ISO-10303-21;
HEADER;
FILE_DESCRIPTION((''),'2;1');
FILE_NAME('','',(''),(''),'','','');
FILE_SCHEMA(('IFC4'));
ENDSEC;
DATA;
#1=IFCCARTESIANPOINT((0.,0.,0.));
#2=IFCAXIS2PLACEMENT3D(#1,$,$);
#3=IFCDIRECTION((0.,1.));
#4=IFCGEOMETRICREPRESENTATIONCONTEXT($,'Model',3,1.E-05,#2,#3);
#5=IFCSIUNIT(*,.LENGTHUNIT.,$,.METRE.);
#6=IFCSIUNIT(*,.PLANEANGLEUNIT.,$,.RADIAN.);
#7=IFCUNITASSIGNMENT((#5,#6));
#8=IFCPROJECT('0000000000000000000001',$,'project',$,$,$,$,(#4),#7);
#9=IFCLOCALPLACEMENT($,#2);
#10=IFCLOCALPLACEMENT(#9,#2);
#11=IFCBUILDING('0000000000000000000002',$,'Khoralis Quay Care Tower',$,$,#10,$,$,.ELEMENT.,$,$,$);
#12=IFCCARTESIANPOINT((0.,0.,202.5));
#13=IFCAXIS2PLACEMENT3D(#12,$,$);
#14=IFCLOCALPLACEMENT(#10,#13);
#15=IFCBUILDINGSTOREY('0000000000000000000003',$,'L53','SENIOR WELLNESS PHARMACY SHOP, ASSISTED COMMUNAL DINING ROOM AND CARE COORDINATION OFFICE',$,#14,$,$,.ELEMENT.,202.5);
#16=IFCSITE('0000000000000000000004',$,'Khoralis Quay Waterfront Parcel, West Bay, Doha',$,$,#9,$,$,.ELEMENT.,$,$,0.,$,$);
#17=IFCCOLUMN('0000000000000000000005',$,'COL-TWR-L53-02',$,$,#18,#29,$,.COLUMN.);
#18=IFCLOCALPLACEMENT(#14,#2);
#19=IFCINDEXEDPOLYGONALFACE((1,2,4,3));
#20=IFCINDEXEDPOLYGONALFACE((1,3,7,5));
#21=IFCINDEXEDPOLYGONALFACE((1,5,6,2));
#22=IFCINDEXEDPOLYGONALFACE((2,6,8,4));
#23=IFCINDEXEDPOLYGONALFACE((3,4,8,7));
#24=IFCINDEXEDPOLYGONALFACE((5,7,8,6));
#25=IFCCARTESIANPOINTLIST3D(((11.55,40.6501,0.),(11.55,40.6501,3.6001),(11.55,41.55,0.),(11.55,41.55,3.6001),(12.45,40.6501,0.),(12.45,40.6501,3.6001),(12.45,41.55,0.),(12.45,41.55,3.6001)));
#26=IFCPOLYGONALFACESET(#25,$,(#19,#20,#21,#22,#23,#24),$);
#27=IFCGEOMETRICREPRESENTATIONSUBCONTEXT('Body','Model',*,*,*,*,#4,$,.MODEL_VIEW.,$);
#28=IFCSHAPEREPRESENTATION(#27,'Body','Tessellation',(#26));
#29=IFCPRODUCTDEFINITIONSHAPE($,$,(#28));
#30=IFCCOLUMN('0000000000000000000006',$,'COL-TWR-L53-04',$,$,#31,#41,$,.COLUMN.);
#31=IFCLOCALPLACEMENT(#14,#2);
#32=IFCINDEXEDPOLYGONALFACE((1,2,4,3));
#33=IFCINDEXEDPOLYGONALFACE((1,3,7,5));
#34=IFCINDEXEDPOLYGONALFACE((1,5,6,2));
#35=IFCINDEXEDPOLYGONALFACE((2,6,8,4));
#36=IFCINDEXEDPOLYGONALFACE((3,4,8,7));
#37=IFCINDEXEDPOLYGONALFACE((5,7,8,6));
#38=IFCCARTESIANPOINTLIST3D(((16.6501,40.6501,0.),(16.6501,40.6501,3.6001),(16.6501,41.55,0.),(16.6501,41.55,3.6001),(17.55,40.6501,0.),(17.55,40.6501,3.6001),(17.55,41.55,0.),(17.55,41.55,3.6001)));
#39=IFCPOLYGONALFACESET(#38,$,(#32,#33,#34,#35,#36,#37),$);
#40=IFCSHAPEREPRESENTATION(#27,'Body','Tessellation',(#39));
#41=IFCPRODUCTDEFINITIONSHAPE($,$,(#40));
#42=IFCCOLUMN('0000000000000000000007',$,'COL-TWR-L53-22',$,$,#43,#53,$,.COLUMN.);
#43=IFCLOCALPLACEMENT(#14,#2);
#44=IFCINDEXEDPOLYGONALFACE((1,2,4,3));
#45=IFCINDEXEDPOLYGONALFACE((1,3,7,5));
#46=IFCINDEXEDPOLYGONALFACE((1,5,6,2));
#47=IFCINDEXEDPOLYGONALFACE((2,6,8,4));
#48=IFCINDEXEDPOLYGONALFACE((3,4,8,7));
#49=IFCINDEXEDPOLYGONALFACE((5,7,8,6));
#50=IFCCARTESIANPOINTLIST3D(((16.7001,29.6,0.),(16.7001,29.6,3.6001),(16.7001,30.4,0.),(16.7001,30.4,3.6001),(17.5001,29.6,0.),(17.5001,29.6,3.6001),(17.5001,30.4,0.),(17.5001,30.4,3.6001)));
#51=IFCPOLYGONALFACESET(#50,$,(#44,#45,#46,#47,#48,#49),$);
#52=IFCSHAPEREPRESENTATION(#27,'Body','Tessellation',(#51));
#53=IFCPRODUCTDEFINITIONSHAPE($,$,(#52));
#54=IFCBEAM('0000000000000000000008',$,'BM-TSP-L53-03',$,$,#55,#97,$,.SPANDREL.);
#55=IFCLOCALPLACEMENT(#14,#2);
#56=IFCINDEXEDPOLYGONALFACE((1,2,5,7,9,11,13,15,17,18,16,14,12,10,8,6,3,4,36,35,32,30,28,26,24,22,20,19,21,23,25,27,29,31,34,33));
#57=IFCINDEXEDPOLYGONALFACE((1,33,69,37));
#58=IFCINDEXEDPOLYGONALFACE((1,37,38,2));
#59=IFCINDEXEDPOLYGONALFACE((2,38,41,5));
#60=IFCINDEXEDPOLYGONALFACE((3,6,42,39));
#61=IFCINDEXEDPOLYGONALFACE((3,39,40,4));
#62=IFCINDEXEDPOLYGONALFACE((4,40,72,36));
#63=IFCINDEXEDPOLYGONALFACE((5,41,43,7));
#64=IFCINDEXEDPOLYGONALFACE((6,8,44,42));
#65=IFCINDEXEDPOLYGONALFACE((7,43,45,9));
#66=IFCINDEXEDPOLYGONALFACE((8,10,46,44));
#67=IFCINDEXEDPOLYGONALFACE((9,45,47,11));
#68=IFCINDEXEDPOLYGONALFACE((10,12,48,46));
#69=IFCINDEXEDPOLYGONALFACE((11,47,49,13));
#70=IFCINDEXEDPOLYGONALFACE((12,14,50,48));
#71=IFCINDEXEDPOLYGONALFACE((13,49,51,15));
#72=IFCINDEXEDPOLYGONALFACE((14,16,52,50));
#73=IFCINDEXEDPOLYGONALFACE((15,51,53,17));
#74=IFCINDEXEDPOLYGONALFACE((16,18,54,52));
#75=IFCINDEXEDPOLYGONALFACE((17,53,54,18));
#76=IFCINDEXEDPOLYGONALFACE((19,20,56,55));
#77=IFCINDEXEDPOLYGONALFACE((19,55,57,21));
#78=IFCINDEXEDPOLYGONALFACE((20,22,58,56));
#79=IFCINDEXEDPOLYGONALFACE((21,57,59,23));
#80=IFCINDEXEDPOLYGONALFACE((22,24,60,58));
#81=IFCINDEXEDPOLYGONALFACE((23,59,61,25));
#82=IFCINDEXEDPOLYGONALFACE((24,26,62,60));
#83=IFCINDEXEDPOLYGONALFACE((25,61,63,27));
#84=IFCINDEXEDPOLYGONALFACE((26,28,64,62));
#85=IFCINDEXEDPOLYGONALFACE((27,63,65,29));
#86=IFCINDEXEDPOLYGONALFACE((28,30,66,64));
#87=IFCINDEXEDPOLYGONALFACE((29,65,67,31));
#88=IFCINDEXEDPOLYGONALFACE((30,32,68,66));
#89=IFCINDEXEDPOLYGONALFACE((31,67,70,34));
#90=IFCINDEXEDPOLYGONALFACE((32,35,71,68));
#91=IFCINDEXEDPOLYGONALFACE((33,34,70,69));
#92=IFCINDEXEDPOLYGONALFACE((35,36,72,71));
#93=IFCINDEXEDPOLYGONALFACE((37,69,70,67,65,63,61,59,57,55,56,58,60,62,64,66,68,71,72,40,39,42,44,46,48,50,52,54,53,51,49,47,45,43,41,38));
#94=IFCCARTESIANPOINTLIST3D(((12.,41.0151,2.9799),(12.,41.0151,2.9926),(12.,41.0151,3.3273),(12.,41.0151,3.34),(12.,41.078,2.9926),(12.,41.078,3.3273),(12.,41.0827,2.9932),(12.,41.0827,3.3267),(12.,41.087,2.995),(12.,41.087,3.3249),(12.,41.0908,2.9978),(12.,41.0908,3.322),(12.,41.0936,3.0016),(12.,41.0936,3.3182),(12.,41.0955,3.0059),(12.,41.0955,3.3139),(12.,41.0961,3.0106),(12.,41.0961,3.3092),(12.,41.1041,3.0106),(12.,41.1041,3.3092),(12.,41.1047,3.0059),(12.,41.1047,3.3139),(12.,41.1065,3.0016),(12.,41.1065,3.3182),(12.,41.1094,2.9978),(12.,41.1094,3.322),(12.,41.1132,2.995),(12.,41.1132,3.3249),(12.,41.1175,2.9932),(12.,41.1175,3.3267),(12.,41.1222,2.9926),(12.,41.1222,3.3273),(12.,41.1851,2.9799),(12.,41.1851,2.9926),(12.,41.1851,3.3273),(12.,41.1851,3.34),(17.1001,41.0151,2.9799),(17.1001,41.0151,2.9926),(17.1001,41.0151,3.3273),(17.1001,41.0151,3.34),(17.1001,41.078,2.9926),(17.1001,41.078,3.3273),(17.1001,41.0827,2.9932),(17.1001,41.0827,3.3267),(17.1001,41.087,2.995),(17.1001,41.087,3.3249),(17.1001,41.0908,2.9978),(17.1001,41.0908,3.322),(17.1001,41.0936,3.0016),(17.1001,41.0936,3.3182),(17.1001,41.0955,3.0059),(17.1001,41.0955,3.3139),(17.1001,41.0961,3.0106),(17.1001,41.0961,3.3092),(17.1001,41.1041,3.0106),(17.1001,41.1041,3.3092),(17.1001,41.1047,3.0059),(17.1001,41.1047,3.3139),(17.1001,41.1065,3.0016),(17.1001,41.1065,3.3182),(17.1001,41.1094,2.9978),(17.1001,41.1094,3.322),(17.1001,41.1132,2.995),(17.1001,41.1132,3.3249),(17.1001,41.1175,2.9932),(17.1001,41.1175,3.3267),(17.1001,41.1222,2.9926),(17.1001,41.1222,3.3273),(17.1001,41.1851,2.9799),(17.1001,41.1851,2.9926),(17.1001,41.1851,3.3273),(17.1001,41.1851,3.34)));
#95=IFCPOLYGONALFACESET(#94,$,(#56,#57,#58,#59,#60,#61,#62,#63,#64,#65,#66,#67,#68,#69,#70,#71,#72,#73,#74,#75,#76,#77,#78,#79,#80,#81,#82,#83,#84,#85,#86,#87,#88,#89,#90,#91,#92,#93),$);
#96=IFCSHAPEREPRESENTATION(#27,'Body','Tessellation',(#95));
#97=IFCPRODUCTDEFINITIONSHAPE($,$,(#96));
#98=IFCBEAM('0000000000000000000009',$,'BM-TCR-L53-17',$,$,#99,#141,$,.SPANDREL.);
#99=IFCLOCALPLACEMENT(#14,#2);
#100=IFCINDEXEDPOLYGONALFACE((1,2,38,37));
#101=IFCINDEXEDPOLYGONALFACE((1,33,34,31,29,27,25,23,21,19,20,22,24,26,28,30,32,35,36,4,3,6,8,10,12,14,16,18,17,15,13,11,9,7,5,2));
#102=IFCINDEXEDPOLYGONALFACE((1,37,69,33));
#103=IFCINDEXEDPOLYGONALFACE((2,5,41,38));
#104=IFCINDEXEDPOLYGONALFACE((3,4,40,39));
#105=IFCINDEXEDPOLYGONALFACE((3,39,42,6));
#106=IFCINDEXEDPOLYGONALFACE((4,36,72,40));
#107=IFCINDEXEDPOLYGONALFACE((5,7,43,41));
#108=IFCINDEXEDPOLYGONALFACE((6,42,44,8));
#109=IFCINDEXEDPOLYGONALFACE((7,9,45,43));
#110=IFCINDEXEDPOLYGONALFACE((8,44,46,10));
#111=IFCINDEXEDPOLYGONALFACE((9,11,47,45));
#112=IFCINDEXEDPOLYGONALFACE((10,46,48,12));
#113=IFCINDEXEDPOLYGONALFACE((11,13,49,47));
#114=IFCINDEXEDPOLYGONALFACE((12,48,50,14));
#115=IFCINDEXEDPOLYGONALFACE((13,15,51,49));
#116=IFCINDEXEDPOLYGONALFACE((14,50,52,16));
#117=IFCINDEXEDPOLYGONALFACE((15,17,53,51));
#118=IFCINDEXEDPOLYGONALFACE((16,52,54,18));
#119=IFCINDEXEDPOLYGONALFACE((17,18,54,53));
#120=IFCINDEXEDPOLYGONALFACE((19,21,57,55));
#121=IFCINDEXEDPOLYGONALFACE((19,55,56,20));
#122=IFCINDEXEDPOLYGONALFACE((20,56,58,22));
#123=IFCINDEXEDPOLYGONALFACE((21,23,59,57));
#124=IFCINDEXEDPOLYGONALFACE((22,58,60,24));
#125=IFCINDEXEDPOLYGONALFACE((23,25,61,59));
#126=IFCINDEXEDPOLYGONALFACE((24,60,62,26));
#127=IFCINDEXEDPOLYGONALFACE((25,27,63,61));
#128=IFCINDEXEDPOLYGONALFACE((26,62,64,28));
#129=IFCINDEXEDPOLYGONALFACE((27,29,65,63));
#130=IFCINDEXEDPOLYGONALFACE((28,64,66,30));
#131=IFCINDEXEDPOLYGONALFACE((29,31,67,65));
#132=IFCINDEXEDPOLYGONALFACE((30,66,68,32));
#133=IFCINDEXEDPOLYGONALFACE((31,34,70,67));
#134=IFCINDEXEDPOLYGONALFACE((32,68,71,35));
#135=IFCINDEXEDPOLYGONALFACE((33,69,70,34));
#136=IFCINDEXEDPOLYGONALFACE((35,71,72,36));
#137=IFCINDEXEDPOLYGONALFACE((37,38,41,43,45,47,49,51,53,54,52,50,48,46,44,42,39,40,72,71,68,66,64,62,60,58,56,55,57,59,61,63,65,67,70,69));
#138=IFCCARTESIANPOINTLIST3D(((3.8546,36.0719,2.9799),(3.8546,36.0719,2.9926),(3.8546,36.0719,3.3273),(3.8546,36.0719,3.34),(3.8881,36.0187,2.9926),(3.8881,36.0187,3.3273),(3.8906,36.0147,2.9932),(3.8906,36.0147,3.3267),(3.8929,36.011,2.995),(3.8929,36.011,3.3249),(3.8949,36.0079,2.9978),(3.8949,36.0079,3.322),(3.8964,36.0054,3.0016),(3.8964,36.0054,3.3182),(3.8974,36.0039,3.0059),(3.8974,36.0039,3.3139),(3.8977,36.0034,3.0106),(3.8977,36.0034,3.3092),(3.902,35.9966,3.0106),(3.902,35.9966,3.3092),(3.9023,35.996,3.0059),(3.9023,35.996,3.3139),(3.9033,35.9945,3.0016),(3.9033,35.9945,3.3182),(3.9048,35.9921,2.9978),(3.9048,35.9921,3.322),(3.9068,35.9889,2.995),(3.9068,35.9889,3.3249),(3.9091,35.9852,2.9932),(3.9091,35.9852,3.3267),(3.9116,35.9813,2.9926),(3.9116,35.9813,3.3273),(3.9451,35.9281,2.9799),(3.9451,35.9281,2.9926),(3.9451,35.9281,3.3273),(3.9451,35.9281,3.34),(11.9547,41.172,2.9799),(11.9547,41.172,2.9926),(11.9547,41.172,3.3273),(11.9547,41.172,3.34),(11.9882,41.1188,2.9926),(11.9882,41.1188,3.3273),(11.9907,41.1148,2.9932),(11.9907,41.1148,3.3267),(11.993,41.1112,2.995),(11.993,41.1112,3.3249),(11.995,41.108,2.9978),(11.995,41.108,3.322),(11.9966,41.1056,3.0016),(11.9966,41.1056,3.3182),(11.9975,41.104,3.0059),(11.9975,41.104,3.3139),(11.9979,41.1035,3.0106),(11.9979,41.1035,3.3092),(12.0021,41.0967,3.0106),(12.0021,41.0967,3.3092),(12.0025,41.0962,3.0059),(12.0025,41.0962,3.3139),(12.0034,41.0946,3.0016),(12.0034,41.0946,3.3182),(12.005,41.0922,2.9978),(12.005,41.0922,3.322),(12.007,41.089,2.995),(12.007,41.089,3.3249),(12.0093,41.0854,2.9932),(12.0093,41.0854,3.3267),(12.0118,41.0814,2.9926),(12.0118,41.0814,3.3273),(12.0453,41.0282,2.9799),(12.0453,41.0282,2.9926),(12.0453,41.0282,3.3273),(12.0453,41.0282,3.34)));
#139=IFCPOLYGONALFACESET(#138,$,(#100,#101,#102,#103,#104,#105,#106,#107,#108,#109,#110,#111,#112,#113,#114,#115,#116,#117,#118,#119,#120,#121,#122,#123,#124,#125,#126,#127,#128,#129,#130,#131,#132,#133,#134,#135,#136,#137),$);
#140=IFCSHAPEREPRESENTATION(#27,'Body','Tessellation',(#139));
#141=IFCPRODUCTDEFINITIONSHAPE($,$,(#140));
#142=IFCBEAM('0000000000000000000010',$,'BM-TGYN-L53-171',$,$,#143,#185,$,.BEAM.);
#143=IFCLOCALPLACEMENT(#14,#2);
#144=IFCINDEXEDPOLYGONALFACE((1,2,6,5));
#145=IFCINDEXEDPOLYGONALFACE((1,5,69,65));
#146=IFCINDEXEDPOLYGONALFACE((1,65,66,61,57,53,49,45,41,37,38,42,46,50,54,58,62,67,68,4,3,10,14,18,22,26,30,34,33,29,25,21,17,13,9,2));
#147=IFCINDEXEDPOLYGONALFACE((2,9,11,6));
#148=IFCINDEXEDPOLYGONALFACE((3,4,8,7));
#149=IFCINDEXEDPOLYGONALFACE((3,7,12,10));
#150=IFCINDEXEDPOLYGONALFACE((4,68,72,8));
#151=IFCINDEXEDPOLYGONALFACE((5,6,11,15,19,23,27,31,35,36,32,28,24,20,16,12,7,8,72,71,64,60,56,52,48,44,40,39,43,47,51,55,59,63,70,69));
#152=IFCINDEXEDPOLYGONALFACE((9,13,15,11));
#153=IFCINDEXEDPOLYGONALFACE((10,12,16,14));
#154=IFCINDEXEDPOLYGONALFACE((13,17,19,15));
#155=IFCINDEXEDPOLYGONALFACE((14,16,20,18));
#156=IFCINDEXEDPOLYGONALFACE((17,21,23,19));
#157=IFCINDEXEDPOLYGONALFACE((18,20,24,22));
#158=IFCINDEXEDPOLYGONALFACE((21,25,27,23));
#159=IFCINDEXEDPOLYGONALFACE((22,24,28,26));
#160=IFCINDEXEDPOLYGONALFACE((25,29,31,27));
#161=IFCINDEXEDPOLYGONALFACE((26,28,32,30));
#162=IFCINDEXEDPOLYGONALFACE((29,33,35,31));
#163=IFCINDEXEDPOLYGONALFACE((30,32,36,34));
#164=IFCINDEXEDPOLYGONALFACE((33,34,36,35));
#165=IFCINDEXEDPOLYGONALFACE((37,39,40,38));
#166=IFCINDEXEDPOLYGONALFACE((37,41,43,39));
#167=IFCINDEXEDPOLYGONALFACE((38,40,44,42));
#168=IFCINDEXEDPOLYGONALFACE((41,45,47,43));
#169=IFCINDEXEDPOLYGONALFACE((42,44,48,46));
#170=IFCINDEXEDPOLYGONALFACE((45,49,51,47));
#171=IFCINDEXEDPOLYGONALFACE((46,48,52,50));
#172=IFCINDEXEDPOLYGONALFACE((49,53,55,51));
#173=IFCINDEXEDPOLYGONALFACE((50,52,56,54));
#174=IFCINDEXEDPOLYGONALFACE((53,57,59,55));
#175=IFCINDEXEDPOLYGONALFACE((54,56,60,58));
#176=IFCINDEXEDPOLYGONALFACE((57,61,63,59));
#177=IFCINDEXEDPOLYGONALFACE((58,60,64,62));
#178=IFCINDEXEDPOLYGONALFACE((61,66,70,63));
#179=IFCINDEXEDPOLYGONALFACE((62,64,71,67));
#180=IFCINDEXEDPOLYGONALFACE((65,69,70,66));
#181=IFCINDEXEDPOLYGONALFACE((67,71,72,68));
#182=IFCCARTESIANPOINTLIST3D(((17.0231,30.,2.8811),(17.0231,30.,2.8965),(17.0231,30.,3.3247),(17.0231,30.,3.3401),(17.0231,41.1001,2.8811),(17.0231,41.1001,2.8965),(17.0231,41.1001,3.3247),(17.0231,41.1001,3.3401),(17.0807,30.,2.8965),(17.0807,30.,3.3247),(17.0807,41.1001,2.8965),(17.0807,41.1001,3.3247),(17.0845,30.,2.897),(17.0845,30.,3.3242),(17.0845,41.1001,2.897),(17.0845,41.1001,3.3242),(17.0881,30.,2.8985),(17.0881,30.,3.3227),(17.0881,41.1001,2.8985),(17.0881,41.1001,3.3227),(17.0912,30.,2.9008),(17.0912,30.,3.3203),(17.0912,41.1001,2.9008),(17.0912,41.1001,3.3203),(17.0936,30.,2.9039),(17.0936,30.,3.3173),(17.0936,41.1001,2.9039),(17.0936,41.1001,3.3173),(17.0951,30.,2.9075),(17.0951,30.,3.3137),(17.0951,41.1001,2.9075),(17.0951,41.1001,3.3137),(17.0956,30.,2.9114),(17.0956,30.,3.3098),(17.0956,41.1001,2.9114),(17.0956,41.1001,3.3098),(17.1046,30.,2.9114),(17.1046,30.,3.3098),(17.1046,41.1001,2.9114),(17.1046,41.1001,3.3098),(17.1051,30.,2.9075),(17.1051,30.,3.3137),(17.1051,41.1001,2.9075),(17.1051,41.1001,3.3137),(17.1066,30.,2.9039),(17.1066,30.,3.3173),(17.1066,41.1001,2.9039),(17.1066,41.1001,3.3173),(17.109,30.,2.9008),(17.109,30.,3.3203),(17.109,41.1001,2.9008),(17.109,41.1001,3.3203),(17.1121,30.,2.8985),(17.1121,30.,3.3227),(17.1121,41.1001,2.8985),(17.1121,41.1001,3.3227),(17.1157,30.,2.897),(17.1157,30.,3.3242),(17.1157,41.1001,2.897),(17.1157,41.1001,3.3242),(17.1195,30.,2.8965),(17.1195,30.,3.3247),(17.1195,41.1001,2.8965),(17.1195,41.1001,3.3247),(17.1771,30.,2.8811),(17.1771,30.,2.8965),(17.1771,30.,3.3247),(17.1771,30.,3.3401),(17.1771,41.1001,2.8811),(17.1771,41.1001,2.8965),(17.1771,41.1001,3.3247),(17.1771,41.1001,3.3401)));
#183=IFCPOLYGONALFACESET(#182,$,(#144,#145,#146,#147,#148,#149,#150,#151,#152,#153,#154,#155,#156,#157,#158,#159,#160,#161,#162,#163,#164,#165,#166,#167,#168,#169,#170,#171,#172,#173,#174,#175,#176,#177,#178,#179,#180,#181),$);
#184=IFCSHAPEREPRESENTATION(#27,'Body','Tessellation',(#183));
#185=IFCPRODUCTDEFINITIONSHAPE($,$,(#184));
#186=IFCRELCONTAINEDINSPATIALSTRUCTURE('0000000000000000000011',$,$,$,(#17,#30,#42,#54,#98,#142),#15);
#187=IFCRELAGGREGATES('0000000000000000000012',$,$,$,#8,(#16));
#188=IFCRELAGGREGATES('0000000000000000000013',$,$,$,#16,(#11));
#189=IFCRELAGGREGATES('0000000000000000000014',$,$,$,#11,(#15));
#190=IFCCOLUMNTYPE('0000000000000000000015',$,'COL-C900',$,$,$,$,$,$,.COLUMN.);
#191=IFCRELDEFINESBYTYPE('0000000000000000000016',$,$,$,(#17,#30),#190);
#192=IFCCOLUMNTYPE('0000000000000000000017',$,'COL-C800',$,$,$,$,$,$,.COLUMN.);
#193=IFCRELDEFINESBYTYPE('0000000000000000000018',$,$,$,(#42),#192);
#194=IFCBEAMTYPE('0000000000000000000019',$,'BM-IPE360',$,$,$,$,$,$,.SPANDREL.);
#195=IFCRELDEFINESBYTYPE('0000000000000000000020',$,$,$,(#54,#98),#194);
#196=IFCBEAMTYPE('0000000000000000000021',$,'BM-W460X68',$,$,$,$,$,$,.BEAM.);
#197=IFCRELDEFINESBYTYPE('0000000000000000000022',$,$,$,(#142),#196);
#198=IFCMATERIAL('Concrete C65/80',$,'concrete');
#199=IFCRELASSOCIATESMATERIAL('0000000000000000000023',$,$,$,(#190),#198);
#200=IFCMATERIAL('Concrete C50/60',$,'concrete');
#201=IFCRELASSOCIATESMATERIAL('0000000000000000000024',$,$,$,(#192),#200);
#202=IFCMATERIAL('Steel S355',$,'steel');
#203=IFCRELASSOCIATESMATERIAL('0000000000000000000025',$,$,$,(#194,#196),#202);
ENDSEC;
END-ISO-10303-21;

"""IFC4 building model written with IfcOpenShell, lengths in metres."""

from ifc_helpers import new_model, si_unit, direction, frame, origin, origin_2d, place, context, subcontext, project, spatial, rectangle, i_section, extrude, source, transform, mapped, material, material_profile, profile_set, type_object, element, save


model = new_model("IFC4")

# Units and contexts
model_context = context("Model", 3, precision=1e-05, world=origin(), true_north=direction((0.0, 1.0)))
body_context = subcontext(model_context, "Body", "Model", "MODEL_VIEW")
ifc_project = project(units=[si_unit("LENGTHUNIT", "METRE"), si_unit("PLANEANGLEUNIT", "RADIAN")], contexts=[model_context])

# Site, building, storey
site_placement = place(None, origin())
site = spatial("IfcSite", under=ifc_project, at=site_placement, Name="Khoralis Quay Waterfront Parcel, West Bay, Doha", CompositionType="ELEMENT", RefElevation=0.0)
building_placement = place(site_placement, origin())
building = spatial("IfcBuilding", under=site, at=building_placement, Name="Khoralis Quay Care Tower", CompositionType="ELEMENT")
storey_placement = place(building_placement, frame((0.0, 0.0, 202.5)))
storey = spatial("IfcBuildingStorey", under=building, at=storey_placement, Name="L53", Description="SENIOR WELLNESS PHARMACY SHOP, ASSISTED COMMUNAL DINING ROOM AND CARE COORDINATION OFFICE", CompositionType="ELEMENT", Elevation=202.5)

# Columns
ifc_material_1 = material(Name="Concrete C65/80", Category="concrete")
ifc_material_profile_1 = material_profile(ifc_material_1, rectangle(XDim=0.8999, YDim=0.8999, at=origin_2d()), Name="Concrete C65/80")
ifc_profile_set_1 = profile_set([ifc_material_profile_1], Name="Concrete C65/80")
column_type_1 = type_object("IfcColumnType", Name="COL-C900", PredefinedType="COLUMN", material=ifc_profile_set_1)
shared_shape_1 = source(origin(), body_context, "Body", "SweptSolid", [
    extrude(rectangle(XDim=0.8999, YDim=0.8999, at=origin_2d()), origin(), (0.0, 0.0, 1.0), 3.6001),
])
for number, where, z_axis, x_axis, name in (
    (1, (12.0, 41.1001, 0.0), (0.0, 0.0, 1.0), (1.0, 0.0, 0.0), "COL-TWR-L53-02"),
    (2, (17.1001, 41.1001, 0.0), (0.0, 0.0, 1.0), (1.0, 0.0, 0.0), "COL-TWR-L53-04"),
):
    element("IfcColumn", number, at=place(storey_placement, frame(where, z_axis=z_axis, x_axis=x_axis)), inside=storey, type_object=column_type_1, Name=name, PredefinedType="COLUMN", context=body_context, shape_type="MappedRepresentation", body=[
        mapped(shared_shape_1, transform((0.0, 0.0, 0.0), scale=1.0)),
    ])
ifc_material_2 = material(Name="Concrete C50/60", Category="concrete")
ifc_material_profile_2 = material_profile(ifc_material_2, rectangle(XDim=0.8, YDim=0.8, at=origin_2d()), Name="Concrete C50/60")
ifc_profile_set_2 = profile_set([ifc_material_profile_2], Name="Concrete C50/60")
column_type_2 = type_object("IfcColumnType", Name="COL-C800", PredefinedType="COLUMN", material=ifc_profile_set_2)
shared_shape_2 = source(origin(), body_context, "Body", "SweptSolid", [
    extrude(rectangle(XDim=0.8, YDim=0.8, at=origin_2d()), origin(), (0.0, 0.0, 1.0), 3.6001),
])
column_placement = place(storey_placement, frame((17.1001, 30.0, 0.0), z_axis=(0.0, 0.0, 1.0), x_axis=(1.0, 0.0, 0.0)))
element("IfcColumn", 3, at=column_placement, inside=storey, type_object=column_type_2, Name="COL-TWR-L53-22", PredefinedType="COLUMN", context=body_context, shape_type="MappedRepresentation", body=[
    mapped(shared_shape_2, transform((0.0, 0.0, 0.0), scale=1.0)),
])

# Beams
ifc_material_3 = material(Name="Steel S355", Category="steel")
ifc_material_profile_3 = material_profile(ifc_material_3, i_section(OverallWidth=0.1699, OverallDepth=0.3601, WebThickness=0.0081, FlangeThickness=0.0127, FilletRadius=0.0181, at=origin_2d()), Name="Steel S355")
ifc_profile_set_3 = profile_set([ifc_material_profile_3], Name="Steel S355")
beam_type_1 = type_object("IfcBeamType", Name="BM-IPE360", PredefinedType="SPANDREL", material=ifc_profile_set_3)
shared_shape_3 = source(origin(), body_context, "Body", "SweptSolid", [
    extrude(i_section(OverallWidth=0.1699, OverallDepth=0.3601, WebThickness=0.0081, FlangeThickness=0.0127, FilletRadius=0.0181, at=origin_2d()), origin(), (0.0, 0.0, 1.0), 5.1001),
])
beam_1_placement = place(storey_placement, frame((12.0, 41.1001, 3.1599), z_axis=(1.0, 0.0, 0.0), x_axis=(0.0, 1.0, 0.0)))
element("IfcBeam", 4, at=beam_1_placement, inside=storey, type_object=beam_type_1, Name="BM-TSP-L53-03", PredefinedType="SPANDREL", context=body_context, shape_type="MappedRepresentation", body=[
    mapped(shared_shape_3, transform((0.0, 0.0, 0.0), scale=1.0)),
])
shared_shape_4 = source(origin(), body_context, "Body", "SweptSolid", [
    extrude(i_section(OverallWidth=0.1699, OverallDepth=0.3601, WebThickness=0.0081, FlangeThickness=0.0127, FilletRadius=0.0181, at=origin_2d()), origin(), (0.0, 0.0, 1.0), 9.572),
])
beam_2_placement = place(storey_placement, frame((12.0, 41.1001, 3.1599), z_axis=(-0.846231, -0.532816, 0.0), x_axis=(0.532816, -0.846231, 0.0)))
element("IfcBeam", 5, at=beam_2_placement, inside=storey, type_object=beam_type_1, Name="BM-TCR-L53-17", PredefinedType="SPANDREL", context=body_context, shape_type="MappedRepresentation", body=[
    mapped(shared_shape_4, transform((0.0, 0.0, 0.0), scale=1.0)),
])
ifc_material_profile_4 = material_profile(ifc_material_3, i_section(OverallWidth=0.1541, OverallDepth=0.459, WebThickness=0.009, FlangeThickness=0.0154, FilletRadius=0.0149, at=origin_2d()), Name="Steel S355")
ifc_profile_set_4 = profile_set([ifc_material_profile_4], Name="Steel S355")
beam_type_2 = type_object("IfcBeamType", Name="BM-W460X68", PredefinedType="BEAM", material=ifc_profile_set_4)
shared_shape_5 = source(origin(), body_context, "Body", "SweptSolid", [
    extrude(i_section(OverallWidth=0.1541, OverallDepth=0.459, WebThickness=0.009, FlangeThickness=0.0154, FilletRadius=0.0149, at=origin_2d()), origin(), (0.0, 0.0, 1.0), 11.1001),
])
beam_3_placement = place(storey_placement, frame((17.1001, 30.0, 3.1106), z_axis=(0.0, 1.0, 0.0), x_axis=(-1.0, 0.0, 0.0)))
element("IfcBeam", 6, at=beam_3_placement, inside=storey, type_object=beam_type_2, Name="BM-TGYN-L53-171", PredefinedType="BEAM", context=body_context, shape_type="MappedRepresentation", body=[
    mapped(shared_shape_5, transform((0.0, 0.0, 0.0), scale=1.0)),
])

save(model, "model.ifc")
